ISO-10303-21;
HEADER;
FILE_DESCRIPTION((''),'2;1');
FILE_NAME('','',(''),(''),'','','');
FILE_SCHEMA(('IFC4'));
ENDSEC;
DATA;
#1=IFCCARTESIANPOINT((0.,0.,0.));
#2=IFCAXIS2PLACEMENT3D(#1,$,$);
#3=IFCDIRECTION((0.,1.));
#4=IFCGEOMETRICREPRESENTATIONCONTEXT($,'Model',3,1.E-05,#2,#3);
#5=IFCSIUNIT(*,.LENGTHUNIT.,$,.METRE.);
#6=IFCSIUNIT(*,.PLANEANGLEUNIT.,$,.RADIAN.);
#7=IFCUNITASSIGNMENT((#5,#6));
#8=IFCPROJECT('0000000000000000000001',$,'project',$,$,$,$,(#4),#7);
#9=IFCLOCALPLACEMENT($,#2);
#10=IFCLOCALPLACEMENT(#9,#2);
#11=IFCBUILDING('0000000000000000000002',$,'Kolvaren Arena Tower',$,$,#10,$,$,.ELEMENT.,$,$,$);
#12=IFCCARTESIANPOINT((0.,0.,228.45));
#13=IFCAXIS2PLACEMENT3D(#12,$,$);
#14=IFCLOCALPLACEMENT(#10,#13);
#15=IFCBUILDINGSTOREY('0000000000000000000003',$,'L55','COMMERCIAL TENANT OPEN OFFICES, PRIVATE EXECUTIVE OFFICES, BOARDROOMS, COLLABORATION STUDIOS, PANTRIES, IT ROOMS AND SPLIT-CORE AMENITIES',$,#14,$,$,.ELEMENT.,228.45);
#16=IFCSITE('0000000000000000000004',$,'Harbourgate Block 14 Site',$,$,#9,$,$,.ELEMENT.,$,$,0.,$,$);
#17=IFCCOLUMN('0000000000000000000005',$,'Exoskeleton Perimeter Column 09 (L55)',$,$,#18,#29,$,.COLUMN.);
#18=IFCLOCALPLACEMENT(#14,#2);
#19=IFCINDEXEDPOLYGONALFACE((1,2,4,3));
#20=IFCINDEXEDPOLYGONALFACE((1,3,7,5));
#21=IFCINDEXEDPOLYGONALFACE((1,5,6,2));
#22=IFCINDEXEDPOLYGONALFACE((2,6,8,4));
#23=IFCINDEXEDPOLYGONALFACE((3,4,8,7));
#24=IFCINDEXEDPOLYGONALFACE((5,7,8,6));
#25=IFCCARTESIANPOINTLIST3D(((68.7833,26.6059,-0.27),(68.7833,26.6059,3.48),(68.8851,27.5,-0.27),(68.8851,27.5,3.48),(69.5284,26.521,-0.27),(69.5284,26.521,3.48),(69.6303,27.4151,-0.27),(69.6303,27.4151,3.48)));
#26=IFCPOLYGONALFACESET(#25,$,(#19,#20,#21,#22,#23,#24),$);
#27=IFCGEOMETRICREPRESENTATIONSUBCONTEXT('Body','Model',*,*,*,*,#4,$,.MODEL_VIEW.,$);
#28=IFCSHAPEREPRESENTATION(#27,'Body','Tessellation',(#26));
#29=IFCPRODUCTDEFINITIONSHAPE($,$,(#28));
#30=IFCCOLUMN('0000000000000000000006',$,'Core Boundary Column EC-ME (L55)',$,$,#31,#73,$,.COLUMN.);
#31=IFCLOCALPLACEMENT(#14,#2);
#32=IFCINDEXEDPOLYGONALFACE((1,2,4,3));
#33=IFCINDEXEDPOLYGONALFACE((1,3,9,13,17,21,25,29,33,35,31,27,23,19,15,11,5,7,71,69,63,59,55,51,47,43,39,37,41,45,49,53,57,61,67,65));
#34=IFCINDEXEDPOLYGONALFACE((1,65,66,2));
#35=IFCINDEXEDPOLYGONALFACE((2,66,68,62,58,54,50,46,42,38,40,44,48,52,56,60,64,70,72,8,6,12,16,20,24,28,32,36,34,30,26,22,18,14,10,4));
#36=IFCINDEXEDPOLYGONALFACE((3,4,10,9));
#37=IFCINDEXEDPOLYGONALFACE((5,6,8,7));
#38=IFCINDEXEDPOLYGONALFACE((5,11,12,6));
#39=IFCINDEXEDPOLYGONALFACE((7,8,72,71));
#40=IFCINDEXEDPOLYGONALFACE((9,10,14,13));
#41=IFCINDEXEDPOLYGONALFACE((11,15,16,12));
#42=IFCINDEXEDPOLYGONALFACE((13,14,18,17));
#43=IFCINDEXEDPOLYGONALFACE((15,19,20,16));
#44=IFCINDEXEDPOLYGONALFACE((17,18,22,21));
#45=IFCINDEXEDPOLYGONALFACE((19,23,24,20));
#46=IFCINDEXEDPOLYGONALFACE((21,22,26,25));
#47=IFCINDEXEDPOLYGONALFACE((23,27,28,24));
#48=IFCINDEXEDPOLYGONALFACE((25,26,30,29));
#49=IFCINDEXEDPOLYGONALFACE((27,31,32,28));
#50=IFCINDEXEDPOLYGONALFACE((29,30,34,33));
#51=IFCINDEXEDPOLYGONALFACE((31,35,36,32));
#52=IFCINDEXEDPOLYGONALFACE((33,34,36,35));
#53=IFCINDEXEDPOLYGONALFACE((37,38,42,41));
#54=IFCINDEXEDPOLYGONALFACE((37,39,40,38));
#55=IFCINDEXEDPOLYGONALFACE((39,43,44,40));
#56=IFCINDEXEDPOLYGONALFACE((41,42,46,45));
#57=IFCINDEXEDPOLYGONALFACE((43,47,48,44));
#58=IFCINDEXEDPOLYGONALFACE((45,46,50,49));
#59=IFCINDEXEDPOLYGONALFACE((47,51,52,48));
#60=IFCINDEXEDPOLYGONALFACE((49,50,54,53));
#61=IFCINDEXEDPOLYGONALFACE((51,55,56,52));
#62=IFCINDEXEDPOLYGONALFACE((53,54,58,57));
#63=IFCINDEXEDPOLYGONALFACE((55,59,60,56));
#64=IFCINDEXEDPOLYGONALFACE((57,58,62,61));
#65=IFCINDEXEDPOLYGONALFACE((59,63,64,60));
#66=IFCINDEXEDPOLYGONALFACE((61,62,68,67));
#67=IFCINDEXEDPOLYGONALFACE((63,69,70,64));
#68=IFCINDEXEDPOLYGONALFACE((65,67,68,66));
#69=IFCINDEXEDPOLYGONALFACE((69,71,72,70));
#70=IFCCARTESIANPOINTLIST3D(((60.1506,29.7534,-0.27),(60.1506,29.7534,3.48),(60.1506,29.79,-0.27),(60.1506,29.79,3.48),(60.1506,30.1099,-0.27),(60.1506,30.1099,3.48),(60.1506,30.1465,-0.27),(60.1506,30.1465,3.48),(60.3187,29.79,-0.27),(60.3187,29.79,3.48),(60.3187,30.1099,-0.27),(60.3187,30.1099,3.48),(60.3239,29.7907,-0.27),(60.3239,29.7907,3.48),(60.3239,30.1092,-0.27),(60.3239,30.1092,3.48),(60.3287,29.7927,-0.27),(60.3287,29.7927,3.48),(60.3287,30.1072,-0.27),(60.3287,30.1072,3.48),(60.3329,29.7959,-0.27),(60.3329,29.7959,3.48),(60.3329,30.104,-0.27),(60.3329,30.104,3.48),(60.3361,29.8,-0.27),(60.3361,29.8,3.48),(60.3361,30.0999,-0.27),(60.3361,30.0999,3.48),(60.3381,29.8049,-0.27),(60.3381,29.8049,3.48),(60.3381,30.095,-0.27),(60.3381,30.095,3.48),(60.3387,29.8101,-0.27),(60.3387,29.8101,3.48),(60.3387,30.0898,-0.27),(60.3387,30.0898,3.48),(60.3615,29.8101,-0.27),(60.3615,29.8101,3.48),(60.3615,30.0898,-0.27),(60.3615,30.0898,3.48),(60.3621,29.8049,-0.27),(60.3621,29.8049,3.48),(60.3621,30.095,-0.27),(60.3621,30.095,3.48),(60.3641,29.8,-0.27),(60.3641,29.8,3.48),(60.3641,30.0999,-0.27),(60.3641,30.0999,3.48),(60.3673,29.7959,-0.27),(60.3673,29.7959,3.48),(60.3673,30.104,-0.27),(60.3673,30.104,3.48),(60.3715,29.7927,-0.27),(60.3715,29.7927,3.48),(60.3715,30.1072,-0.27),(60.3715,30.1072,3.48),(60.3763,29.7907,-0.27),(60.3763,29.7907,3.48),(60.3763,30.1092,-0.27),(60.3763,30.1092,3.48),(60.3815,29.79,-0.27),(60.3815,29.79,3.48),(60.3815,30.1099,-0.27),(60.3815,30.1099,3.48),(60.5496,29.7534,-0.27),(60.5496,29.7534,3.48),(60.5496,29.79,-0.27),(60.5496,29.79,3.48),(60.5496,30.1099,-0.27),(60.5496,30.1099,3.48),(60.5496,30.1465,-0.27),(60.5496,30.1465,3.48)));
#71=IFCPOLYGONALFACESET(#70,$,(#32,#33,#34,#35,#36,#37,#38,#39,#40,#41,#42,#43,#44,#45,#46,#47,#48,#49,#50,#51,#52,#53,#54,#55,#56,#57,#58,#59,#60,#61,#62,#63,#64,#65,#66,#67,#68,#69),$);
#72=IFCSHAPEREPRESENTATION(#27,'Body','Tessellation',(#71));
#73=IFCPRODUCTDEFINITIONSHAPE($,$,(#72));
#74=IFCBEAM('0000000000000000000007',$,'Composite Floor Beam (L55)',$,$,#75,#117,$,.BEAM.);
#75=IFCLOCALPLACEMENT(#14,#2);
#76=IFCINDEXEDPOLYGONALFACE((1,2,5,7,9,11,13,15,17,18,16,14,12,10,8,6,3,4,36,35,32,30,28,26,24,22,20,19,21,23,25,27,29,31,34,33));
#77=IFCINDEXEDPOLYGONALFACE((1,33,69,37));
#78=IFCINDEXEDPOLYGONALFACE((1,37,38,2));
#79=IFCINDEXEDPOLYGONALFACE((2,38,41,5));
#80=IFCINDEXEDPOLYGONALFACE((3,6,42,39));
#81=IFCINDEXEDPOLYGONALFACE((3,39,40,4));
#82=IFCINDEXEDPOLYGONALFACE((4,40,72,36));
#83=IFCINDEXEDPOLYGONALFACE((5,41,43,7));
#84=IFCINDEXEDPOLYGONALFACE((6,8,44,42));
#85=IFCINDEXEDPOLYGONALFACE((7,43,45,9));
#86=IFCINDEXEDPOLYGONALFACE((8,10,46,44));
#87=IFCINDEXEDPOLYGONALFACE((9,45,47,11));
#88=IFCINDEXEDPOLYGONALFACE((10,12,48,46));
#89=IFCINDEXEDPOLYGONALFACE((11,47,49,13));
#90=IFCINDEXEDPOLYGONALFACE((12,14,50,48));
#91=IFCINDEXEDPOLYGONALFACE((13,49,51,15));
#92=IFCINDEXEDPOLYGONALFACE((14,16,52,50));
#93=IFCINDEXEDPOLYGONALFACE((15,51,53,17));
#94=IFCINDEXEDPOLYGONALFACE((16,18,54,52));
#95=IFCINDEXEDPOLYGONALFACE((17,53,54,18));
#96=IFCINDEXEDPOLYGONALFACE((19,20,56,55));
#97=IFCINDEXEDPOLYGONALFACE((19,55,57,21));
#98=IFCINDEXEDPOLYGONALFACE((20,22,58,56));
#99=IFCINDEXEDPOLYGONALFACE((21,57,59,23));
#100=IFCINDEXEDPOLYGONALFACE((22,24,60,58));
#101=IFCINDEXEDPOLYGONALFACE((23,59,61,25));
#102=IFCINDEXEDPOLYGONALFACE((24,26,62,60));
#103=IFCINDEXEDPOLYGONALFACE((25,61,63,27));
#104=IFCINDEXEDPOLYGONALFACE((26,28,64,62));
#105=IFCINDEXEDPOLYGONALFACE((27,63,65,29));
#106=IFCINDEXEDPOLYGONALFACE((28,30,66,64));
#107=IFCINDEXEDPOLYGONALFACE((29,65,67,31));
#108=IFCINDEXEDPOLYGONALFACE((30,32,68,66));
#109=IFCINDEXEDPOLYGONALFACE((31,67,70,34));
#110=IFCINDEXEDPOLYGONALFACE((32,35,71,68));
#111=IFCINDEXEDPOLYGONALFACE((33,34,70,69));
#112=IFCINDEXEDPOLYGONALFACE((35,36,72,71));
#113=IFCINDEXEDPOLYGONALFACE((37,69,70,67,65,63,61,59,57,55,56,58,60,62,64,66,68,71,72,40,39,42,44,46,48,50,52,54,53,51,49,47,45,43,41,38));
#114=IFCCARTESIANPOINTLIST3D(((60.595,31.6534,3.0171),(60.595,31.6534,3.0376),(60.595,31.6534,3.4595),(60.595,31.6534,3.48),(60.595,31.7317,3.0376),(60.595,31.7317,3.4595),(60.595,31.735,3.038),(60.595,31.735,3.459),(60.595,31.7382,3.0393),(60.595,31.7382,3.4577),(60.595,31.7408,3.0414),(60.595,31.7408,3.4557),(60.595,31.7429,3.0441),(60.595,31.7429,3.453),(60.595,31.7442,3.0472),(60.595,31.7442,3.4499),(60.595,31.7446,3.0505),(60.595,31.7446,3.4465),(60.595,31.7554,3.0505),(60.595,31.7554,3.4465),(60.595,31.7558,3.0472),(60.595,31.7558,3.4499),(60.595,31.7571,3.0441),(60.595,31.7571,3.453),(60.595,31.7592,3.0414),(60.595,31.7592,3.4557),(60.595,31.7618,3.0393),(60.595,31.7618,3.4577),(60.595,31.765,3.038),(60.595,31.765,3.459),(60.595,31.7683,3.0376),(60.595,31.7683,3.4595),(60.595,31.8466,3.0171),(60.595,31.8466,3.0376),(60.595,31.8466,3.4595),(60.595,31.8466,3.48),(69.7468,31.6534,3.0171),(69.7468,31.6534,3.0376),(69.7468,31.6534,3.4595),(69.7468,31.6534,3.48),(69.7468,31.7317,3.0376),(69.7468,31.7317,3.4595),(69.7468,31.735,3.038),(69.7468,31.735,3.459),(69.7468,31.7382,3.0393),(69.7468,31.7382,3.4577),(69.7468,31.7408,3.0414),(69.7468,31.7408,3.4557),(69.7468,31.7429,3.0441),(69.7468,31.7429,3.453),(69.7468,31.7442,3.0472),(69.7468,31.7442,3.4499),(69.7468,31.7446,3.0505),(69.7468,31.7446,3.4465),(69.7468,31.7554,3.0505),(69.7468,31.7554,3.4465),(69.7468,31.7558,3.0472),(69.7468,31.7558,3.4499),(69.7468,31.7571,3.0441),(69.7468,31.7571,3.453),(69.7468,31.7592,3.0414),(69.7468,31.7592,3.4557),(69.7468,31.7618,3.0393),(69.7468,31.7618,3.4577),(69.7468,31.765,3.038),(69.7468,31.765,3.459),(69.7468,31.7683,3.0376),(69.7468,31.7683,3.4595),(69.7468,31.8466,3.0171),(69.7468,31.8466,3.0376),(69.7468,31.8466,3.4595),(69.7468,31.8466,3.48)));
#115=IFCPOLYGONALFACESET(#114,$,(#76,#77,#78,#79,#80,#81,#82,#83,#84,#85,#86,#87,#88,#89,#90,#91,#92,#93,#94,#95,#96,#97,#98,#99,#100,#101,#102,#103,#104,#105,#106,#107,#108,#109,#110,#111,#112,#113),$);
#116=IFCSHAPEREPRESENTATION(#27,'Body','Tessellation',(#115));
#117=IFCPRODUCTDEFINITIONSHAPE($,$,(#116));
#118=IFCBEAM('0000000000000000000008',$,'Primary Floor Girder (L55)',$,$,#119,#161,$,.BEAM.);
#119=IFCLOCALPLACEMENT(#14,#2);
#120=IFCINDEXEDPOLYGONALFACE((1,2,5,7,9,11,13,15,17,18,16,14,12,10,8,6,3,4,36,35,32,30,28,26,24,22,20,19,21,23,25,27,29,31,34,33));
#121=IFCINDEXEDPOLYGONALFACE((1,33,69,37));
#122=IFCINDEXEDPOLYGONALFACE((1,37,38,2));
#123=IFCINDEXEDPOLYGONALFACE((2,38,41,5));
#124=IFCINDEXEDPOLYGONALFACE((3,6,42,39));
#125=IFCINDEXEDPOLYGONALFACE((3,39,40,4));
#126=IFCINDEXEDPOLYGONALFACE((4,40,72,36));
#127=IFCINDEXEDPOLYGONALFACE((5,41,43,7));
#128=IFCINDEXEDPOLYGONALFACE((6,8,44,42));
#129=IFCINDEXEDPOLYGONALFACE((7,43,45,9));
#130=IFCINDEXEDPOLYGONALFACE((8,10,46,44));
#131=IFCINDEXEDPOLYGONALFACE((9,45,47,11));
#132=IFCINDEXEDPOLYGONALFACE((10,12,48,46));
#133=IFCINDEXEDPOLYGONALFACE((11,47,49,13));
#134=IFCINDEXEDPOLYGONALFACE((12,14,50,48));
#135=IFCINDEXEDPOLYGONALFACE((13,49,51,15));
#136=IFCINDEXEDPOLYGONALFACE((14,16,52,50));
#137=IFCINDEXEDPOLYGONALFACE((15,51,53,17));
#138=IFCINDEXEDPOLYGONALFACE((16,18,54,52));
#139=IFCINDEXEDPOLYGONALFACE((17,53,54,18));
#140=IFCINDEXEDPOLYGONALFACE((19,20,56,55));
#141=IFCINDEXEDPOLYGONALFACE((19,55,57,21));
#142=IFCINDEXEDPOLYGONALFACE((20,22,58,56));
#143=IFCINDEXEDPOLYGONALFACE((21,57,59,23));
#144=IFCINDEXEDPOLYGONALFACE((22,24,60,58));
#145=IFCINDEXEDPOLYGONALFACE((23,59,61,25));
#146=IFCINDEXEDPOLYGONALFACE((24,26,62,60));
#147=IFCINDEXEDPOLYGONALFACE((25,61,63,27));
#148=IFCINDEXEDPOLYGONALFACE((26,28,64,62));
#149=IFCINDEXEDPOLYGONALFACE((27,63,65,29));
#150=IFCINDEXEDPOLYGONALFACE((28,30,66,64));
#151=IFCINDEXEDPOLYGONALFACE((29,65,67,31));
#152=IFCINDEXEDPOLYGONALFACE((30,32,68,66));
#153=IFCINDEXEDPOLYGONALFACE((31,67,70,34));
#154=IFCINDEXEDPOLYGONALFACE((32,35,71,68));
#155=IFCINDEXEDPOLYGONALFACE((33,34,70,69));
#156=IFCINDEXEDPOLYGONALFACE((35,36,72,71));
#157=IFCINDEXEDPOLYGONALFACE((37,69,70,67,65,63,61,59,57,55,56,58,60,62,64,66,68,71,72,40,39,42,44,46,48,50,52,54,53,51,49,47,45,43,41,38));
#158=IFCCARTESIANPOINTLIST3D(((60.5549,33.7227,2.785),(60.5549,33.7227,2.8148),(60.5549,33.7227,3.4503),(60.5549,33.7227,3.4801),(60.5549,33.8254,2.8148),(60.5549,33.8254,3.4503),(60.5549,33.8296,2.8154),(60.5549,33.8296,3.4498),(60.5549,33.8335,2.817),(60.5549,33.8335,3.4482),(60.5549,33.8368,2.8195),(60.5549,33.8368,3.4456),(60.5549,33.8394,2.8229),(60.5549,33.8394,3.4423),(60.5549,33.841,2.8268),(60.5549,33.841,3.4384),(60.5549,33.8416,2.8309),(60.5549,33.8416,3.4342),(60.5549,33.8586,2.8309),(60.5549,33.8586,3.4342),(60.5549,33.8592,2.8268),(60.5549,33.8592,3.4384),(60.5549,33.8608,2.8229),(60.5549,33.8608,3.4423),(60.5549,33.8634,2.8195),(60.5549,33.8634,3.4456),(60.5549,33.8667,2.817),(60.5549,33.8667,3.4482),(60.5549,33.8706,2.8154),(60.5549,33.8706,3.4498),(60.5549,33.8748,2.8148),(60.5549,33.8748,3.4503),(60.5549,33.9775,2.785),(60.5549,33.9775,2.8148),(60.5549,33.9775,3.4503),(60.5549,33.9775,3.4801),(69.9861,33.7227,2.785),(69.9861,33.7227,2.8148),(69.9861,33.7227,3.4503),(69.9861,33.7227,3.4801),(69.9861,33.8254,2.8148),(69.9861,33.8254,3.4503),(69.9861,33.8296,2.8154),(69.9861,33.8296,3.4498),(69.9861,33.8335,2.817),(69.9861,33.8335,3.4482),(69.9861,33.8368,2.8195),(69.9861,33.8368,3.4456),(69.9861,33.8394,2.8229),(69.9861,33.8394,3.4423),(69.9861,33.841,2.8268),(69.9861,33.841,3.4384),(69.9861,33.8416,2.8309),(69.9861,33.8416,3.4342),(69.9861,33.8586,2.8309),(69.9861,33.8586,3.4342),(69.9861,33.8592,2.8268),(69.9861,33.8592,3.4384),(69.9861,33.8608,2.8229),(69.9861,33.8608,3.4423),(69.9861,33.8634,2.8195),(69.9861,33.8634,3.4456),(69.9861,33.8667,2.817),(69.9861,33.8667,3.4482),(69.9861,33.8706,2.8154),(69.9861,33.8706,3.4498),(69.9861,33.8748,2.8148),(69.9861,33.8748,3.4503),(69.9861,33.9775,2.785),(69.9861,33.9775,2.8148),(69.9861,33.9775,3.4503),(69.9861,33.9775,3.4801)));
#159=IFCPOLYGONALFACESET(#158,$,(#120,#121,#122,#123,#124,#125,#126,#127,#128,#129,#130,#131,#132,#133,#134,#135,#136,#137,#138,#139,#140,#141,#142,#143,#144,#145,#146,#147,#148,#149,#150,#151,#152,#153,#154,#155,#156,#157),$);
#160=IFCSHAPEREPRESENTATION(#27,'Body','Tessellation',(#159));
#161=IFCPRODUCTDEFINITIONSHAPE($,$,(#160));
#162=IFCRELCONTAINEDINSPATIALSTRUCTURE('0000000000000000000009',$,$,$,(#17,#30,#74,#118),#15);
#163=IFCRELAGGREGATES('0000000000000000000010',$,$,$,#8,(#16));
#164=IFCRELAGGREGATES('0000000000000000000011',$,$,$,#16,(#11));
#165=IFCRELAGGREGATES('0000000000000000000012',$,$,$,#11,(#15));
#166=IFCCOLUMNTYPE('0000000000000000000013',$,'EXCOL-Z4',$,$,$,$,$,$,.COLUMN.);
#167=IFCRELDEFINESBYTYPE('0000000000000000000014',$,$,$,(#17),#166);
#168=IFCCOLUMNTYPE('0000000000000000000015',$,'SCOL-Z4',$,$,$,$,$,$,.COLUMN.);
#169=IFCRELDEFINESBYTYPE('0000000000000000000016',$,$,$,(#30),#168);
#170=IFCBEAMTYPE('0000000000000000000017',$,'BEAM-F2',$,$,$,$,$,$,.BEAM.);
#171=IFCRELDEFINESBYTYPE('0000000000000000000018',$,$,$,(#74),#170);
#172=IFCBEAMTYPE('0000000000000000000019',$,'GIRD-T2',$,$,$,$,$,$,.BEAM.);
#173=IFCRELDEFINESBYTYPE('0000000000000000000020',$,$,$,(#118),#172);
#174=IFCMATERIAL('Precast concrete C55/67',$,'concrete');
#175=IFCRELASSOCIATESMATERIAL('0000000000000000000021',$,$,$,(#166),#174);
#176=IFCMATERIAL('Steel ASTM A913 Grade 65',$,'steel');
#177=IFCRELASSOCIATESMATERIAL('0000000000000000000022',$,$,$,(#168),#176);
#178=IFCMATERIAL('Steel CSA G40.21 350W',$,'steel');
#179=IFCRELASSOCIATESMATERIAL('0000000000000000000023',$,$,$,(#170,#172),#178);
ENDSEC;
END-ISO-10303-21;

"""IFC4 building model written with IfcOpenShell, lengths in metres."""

from ifc_helpers import new_model, si_unit, direction, frame, origin, origin_2d, place, context, subcontext, project, spatial, rectangle, i_section, extrude, material, material_profile, profile_set, type_object, element, save


model = new_model("IFC4")

# Units and contexts
model_context = context("Model", 3, precision=1e-05, world=origin(), true_north=direction((0.0, 1.0)))
body_context = subcontext(model_context, "Body", "Model", "MODEL_VIEW")
ifc_project = project(units=[si_unit("LENGTHUNIT", "METRE"), si_unit("PLANEANGLEUNIT", "RADIAN")], contexts=[model_context])

# Site, building, storey
site_placement = place(None, origin())
site = spatial("IfcSite", under=ifc_project, at=site_placement, Name="Harbourgate Block 14 Site", CompositionType="ELEMENT", RefElevation=0.0)
building_placement = place(site_placement, origin())
building = spatial("IfcBuilding", under=site, at=building_placement, Name="Kolvaren Arena Tower", CompositionType="ELEMENT")
storey_placement = place(building_placement, frame((0.0, 0.0, 228.45)))
storey = spatial("IfcBuildingStorey", under=building, at=storey_placement, Name="L55", Description="COMMERCIAL TENANT OPEN OFFICES, PRIVATE EXECUTIVE OFFICES, BOARDROOMS, COLLABORATION STUDIOS, PANTRIES, IT ROOMS AND SPLIT-CORE AMENITIES", CompositionType="ELEMENT", Elevation=228.45)

# Columns
ifc_material_1 = material(Name="Precast concrete C55/67", Category="concrete")
ifc_material_profile_1 = material_profile(ifc_material_1, rectangle(XDim=0.8999, YDim=0.75, at=origin_2d()), Name="RC-900x750")
ifc_profile_set_1 = profile_set([ifc_material_profile_1], Name="Precast concrete C55/67")
column_type_1 = type_object("IfcColumnType", Name="EXCOL-Z4", PredefinedType="COLUMN", material=ifc_profile_set_1)
column_1_placement = place(storey_placement, frame((69.2068, 27.0105, -0.27), z_axis=(0.0, 0.0, 1.0), x_axis=(0.113203, 0.993572, 0.0)))
element("IfcColumn", 1, at=column_1_placement, inside=storey, type_object=column_type_1, Name="Exoskeleton Perimeter Column 09 (L55)", PredefinedType="COLUMN", context=body_context, shape_type="SweptSolid", body=[
    extrude(rectangle(XDim=0.8999, YDim=0.75, at=origin_2d()), origin(), (0.0, 0.0, 1.0), 3.75),
])
ifc_material_2 = material(Name="Steel ASTM A913 Grade 65", Category="steel")
ifc_material_profile_2 = material_profile(ifc_material_2, i_section(OverallWidth=0.3989, OverallDepth=0.3931, WebThickness=0.0227, FlangeThickness=0.0366, FilletRadius=0.02, at=origin_2d()), Name="W360x287")
ifc_profile_set_2 = profile_set([ifc_material_profile_2], Name="Steel ASTM A913 Grade 65")
column_type_2 = type_object("IfcColumnType", Name="SCOL-Z4", PredefinedType="COLUMN", material=ifc_profile_set_2)
column_2_placement = place(storey_placement, frame((60.3501, 29.95, -0.27), z_axis=(0.0, 0.0, 1.0), x_axis=(1.0, 0.0, 0.0)))
element("IfcColumn", 2, at=column_2_placement, inside=storey, type_object=column_type_2, Name="Core Boundary Column EC-ME (L55)", PredefinedType="COLUMN", context=body_context, shape_type="SweptSolid", body=[
    extrude(i_section(OverallWidth=0.3989, OverallDepth=0.3931, WebThickness=0.0227, FlangeThickness=0.0366, FilletRadius=0.02, at=origin_2d()), origin(), (0.0, 0.0, 1.0), 3.75),
])

# Beams
ifc_material_3 = material(Name="Steel CSA G40.21 350W", Category="steel")
ifc_material_profile_3 = material_profile(ifc_material_3, i_section(OverallWidth=0.1931, OverallDepth=0.4629, WebThickness=0.0107, FlangeThickness=0.0205, FilletRadius=0.0129, at=origin_2d()), Name="W460x113")
ifc_profile_set_3 = profile_set([ifc_material_profile_3], Name="Steel CSA G40.21 350W")
beam_type_1 = type_object("IfcBeamType", Name="BEAM-F2", PredefinedType="BEAM", material=ifc_profile_set_3)
beam_1_placement = place(storey_placement, frame((60.595, 31.75, 3.2485), z_axis=(1.0, 0.0, 0.0), x_axis=(0.0, 1.0, 0.0)))
element("IfcBeam", 3, at=beam_1_placement, inside=storey, type_object=beam_type_1, Name="Composite Floor Beam (L55)", PredefinedType="BEAM", context=body_context, shape_type="SweptSolid", body=[
    extrude(i_section(OverallWidth=0.1931, OverallDepth=0.4629, WebThickness=0.0107, FlangeThickness=0.0205, FilletRadius=0.0129, at=origin_2d()), origin(), (0.0, 0.0, 1.0), 9.1519),
])
ifc_material_profile_4 = material_profile(ifc_material_3, i_section(OverallWidth=0.2549, OverallDepth=0.6951, WebThickness=0.0171, FlangeThickness=0.0298, FilletRadius=0.0161, at=origin_2d()), Name="W690x217")
ifc_profile_set_4 = profile_set([ifc_material_profile_4], Name="Steel CSA G40.21 350W")
beam_type_2 = type_object("IfcBeamType", Name="GIRD-T2", PredefinedType="BEAM", material=ifc_profile_set_4)
beam_2_placement = place(storey_placement, frame((60.5549, 33.8501, 3.1326), z_axis=(1.0, 0.0, 0.0), x_axis=(0.0, 1.0, 0.0)))
element("IfcBeam", 4, at=beam_2_placement, inside=storey, type_object=beam_type_2, Name="Primary Floor Girder (L55)", PredefinedType="BEAM", context=body_context, shape_type="SweptSolid", body=[
    extrude(i_section(OverallWidth=0.2549, OverallDepth=0.6951, WebThickness=0.0171, FlangeThickness=0.0298, FilletRadius=0.0161, at=origin_2d()), origin(), (0.0, 0.0, 1.0), 9.4312),
])

save(model, "model.ifc")
